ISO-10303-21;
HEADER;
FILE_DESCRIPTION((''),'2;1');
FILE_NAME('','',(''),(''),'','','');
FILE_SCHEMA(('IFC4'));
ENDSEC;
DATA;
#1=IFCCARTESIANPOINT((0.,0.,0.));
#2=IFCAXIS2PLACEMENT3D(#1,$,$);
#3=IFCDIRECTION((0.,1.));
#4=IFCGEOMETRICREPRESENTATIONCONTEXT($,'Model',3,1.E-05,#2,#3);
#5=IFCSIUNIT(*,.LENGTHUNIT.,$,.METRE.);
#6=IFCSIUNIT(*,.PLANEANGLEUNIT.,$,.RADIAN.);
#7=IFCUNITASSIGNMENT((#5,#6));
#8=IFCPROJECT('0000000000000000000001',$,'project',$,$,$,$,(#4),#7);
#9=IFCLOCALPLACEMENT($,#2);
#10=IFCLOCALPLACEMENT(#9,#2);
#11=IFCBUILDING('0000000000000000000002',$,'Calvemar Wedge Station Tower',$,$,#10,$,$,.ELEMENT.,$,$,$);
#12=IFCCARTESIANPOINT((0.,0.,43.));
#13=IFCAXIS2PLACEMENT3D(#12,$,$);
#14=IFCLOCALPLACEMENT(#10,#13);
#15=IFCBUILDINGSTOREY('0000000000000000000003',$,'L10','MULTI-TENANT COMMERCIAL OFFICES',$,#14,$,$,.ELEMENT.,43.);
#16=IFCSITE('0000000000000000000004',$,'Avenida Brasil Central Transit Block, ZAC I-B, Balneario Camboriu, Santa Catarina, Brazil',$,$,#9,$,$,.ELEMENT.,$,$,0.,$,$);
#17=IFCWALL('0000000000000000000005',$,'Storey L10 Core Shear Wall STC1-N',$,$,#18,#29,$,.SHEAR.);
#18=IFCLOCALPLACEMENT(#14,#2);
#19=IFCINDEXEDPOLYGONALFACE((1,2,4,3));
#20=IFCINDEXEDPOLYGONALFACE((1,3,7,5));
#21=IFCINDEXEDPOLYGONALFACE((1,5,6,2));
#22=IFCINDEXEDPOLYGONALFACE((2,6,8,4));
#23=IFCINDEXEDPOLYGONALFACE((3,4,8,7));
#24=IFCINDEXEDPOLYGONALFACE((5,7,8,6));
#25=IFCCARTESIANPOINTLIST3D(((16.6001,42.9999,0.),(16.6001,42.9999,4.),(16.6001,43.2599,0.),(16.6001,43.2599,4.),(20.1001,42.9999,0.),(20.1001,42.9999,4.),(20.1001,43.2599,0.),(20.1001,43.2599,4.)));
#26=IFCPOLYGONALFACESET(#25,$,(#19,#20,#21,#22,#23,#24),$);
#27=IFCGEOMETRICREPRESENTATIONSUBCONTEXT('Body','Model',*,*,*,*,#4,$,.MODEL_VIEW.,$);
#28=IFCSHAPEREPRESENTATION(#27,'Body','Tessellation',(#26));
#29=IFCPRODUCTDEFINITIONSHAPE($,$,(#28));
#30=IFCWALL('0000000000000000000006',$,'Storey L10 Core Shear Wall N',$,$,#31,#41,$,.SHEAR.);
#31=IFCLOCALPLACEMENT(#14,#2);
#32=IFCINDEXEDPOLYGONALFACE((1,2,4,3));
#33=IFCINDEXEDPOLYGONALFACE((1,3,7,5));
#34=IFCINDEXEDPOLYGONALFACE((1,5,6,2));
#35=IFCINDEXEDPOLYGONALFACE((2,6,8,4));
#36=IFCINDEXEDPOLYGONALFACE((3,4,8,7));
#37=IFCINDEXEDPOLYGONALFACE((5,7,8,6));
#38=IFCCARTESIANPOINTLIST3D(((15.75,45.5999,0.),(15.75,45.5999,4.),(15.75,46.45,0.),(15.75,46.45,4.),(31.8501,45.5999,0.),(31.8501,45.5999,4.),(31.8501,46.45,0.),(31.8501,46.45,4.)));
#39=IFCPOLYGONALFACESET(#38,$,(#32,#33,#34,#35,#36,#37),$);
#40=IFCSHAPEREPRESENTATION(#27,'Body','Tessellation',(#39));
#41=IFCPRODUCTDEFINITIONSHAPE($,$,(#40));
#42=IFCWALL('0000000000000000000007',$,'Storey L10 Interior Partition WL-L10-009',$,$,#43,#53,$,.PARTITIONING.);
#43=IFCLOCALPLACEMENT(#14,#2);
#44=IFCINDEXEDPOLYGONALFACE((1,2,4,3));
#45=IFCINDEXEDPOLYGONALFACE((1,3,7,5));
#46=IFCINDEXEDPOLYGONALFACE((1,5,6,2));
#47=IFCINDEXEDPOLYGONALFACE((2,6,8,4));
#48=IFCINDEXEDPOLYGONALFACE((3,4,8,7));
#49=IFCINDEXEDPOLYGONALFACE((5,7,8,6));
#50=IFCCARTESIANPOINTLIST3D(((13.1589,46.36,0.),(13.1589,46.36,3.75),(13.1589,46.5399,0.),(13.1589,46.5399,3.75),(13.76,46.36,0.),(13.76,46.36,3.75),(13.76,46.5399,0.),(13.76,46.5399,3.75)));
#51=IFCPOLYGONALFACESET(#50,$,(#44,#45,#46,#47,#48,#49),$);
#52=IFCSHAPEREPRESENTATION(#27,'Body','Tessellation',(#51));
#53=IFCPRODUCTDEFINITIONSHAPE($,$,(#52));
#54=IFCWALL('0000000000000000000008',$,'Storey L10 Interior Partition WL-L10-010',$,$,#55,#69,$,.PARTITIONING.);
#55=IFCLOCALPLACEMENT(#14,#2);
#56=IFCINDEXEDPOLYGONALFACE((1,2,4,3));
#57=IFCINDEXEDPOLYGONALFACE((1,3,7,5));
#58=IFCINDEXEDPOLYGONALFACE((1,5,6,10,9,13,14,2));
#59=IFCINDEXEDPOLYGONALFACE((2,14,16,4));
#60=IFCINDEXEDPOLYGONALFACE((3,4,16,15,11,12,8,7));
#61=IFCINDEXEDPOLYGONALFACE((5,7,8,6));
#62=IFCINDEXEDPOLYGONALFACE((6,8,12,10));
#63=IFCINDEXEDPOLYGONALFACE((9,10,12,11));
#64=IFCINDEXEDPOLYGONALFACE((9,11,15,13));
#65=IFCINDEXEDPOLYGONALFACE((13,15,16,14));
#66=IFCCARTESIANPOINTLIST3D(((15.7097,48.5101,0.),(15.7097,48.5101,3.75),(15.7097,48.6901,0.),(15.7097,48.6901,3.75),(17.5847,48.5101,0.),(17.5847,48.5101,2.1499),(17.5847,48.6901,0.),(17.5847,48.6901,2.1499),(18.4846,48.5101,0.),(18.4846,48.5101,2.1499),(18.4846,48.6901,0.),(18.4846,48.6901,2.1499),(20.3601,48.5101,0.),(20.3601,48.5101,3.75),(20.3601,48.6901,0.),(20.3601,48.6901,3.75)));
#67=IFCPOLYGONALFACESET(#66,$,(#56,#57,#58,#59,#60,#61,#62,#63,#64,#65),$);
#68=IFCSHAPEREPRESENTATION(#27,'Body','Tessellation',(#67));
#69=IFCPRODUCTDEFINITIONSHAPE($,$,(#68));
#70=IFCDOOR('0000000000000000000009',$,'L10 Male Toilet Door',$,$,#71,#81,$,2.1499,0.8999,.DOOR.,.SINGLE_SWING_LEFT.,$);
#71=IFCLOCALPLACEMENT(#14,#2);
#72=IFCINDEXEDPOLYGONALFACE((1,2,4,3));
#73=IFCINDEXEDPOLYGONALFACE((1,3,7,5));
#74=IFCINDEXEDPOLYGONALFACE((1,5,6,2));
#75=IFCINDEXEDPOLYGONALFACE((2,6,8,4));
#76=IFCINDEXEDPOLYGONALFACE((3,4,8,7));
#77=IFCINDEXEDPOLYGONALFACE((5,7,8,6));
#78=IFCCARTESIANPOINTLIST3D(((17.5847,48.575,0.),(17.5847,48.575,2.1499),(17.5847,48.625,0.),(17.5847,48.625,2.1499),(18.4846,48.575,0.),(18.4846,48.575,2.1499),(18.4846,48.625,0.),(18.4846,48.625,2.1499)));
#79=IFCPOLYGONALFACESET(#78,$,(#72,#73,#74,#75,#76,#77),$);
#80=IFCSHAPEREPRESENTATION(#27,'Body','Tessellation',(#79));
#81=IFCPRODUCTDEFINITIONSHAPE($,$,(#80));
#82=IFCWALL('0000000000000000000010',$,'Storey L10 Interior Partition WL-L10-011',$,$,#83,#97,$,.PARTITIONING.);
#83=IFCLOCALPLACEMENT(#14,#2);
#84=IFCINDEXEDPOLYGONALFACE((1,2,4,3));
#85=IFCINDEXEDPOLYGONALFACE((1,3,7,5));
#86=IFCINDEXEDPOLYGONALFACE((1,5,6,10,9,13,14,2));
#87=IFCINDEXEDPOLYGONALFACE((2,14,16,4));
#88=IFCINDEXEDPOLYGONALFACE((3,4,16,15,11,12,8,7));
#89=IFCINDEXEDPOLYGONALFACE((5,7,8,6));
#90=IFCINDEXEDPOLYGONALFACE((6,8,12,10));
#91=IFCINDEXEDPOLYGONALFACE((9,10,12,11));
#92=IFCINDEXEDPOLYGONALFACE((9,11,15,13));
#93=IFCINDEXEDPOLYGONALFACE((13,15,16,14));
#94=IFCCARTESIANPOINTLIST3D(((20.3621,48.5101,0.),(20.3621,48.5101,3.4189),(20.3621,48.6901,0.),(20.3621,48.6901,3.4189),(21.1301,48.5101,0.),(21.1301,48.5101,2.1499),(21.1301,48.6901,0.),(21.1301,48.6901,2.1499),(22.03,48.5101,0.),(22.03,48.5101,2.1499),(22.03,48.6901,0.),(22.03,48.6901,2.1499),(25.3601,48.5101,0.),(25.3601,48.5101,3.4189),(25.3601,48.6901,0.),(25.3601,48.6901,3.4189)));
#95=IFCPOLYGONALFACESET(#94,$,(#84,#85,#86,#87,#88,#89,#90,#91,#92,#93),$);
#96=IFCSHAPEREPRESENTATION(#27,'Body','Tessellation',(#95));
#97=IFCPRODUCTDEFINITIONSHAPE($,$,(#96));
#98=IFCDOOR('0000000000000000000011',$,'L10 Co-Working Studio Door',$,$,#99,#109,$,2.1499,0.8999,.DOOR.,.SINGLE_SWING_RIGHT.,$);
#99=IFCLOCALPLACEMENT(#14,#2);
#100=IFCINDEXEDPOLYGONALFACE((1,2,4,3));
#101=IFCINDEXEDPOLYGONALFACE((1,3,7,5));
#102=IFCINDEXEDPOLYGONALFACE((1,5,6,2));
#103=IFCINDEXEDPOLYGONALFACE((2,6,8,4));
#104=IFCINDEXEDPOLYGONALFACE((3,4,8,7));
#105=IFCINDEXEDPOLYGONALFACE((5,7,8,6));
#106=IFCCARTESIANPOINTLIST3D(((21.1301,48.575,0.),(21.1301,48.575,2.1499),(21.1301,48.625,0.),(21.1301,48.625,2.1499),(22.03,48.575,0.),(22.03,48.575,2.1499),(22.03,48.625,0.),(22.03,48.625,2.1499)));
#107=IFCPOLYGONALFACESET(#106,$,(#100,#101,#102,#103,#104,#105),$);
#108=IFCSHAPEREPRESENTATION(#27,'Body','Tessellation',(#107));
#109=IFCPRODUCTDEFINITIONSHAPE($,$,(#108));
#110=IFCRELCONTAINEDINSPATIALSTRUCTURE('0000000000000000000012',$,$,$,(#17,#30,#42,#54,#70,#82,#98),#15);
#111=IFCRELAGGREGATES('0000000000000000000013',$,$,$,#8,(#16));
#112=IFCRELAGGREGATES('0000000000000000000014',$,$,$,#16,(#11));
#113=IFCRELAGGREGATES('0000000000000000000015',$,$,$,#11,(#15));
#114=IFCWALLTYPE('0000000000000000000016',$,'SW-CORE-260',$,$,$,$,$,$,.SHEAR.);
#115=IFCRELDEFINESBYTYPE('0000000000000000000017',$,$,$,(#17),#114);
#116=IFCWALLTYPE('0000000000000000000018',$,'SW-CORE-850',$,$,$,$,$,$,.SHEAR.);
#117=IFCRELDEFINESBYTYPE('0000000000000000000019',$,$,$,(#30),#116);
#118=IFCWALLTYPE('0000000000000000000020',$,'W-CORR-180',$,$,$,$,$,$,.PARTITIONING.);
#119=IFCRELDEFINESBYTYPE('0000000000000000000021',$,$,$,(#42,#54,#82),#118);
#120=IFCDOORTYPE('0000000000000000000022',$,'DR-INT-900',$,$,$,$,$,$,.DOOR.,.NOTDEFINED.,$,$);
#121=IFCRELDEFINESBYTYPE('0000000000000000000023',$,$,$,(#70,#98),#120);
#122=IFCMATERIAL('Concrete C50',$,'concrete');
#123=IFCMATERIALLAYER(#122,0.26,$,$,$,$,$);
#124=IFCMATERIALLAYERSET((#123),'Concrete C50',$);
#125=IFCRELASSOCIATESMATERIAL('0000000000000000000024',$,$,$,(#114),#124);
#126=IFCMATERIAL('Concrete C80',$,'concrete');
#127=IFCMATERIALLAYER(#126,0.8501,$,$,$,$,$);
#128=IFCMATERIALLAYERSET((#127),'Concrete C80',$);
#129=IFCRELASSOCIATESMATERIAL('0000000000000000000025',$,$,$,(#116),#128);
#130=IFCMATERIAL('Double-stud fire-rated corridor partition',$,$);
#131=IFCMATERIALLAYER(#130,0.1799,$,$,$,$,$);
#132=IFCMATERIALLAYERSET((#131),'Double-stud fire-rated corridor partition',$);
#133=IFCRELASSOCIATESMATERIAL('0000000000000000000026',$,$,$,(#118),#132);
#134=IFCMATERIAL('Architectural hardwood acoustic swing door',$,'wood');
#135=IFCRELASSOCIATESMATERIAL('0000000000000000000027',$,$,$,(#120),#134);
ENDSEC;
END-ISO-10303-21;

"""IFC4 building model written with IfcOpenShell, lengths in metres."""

from ifc_helpers import new_model, si_unit, direction, frame, frame_2d, origin, place, context, subcontext, project, spatial, rectangle, extrude, source, transform, mapped, material, layer, layer_set, type_object, element, fill, save


model = new_model("IFC4")

# Units and contexts
model_context = context("Model", 3, precision=1e-05, world=origin(), true_north=direction((0.0, 1.0)))
body_context = subcontext(model_context, "Body", "Model", "MODEL_VIEW")
ifc_project = project(units=[si_unit("LENGTHUNIT", "METRE"), si_unit("PLANEANGLEUNIT", "RADIAN")], contexts=[model_context])

# Site, building, storey
site_placement = place(None, origin())
site = spatial("IfcSite", under=ifc_project, at=site_placement, Name="Avenida Brasil Central Transit Block, ZAC I-B, Balneario Camboriu, Santa Catarina, Brazil", CompositionType="ELEMENT", RefElevation=0.0)
building_placement = place(site_placement, origin())
building = spatial("IfcBuilding", under=site, at=building_placement, Name="Calvemar Wedge Station Tower", CompositionType="ELEMENT")
storey_placement = place(building_placement, frame((0.0, 0.0, 43.0)))
storey = spatial("IfcBuildingStorey", under=building, at=storey_placement, Name="L10", Description="MULTI-TENANT COMMERCIAL OFFICES", CompositionType="ELEMENT", Elevation=43.0)

# Walls
ifc_material_1 = material(Name="Concrete C50", Category="concrete")
ifc_layer_1 = layer(ifc_material_1, 0.26)
ifc_layer_set_1 = layer_set([ifc_layer_1], Name="Concrete C50")
wall_type_1 = type_object("IfcWallType", Name="SW-CORE-260", PredefinedType="SHEAR", material=ifc_layer_set_1)
wall_1_placement = place(storey_placement, frame((16.6001, 43.1299, 0.0), z_axis=(0.0, 0.0, 1.0), x_axis=(1.0, 0.0, 0.0)))
element("IfcWall", 1, at=wall_1_placement, inside=storey, type_object=wall_type_1, Name="Storey L10 Core Shear Wall STC1-N", PredefinedType="SHEAR", context=body_context, shape_type="SweptSolid", body=[
    extrude(rectangle(XDim=3.5, YDim=0.26, at=frame_2d((1.75, 0.0))), origin(), (0.0, 0.0, 1.0), 4.0),
])
ifc_material_2 = material(Name="Concrete C80", Category="concrete")
ifc_layer_2 = layer(ifc_material_2, 0.8501)
ifc_layer_set_2 = layer_set([ifc_layer_2], Name="Concrete C80")
wall_type_2 = type_object("IfcWallType", Name="SW-CORE-850", PredefinedType="SHEAR", material=ifc_layer_set_2)
wall_2_placement = place(storey_placement, frame((15.75, 46.0249, 0.0), z_axis=(0.0, 0.0, 1.0), x_axis=(1.0, 0.0, 0.0)))
element("IfcWall", 2, at=wall_2_placement, inside=storey, type_object=wall_type_2, Name="Storey L10 Core Shear Wall N", PredefinedType="SHEAR", context=body_context, shape_type="SweptSolid", body=[
    extrude(rectangle(XDim=16.1001, YDim=0.8501, at=frame_2d((8.05, 0.0))), origin(), (0.0, 0.0, 1.0), 4.0),
])
ifc_material_3 = material(Name="Double-stud fire-rated corridor partition")
ifc_layer_3 = layer(ifc_material_3, 0.1799)
ifc_layer_set_3 = layer_set([ifc_layer_3], Name="Double-stud fire-rated corridor partition")
wall_type_3 = type_object("IfcWallType", Name="W-CORR-180", PredefinedType="PARTITIONING", material=ifc_layer_set_3)
wall_3_placement = place(storey_placement, frame((13.76, 46.45, 0.0), z_axis=(0.0, 0.0, 1.0), x_axis=(-1.0, 0.0, 0.0)))
element("IfcWall", 3, at=wall_3_placement, inside=storey, type_object=wall_type_3, Name="Storey L10 Interior Partition WL-L10-009", PredefinedType="PARTITIONING", context=body_context, shape_type="SweptSolid", body=[
    extrude(rectangle(XDim=0.6011, YDim=0.1799, at=frame_2d((0.3005, 0.0))), origin(), (0.0, 0.0, 1.0), 3.75),
])

# Walls, openings, doors
wall_4_placement = place(storey_placement, frame((15.7097, 48.6001, 0.0), z_axis=(0.0, 0.0, 1.0), x_axis=(1.0, 0.0, 0.0)))
wall_4 = element("IfcWall", 4, at=wall_4_placement, inside=storey, type_object=wall_type_3, Name="Storey L10 Interior Partition WL-L10-010", PredefinedType="PARTITIONING", context=body_context, shape_type="SweptSolid", body=[
    extrude(rectangle(XDim=4.6504, YDim=0.1799, at=frame_2d((2.3252, 0.0))), origin(), (0.0, 0.0, 1.0), 3.75),
])
shared_shape_1 = source(origin(), body_context, "Body", "SweptSolid", [
    extrude(rectangle(XDim=0.8999, YDim=2.1499, at=frame_2d((0.45, 1.075))), frame((0.0, 0.1001, 0.0), z_axis=(0.0, -1.0, 0.0), x_axis=(1.0, 0.0, 0.0)), (0.0, 0.0, 1.0), 0.2),
])
opening_1_placement = place(wall_4_placement, frame((1.875, 0.0, 0.0)))
opening_1 = element("IfcOpeningElement", 5, at=opening_1_placement, cuts=wall_4, PredefinedType="OPENING", context=body_context, shape_type="MappedRepresentation", body=[
    mapped(shared_shape_1, transform((0.0, 0.0, 0.0), scale=1.0)),
])
ifc_material_4 = material(Name="Architectural hardwood acoustic swing door", Category="wood")
door_type_1 = type_object("IfcDoorType", Name="DR-INT-900", OperationType="NOTDEFINED", PredefinedType="DOOR", material=ifc_material_4)
shared_shape_2 = source(origin(), body_context, "Body", "SweptSolid", [
    extrude(rectangle(XDim=0.8999, YDim=2.1499, at=frame_2d((0.45, 1.075))), frame((0.0, 0.0249, 0.0), z_axis=(0.0, -1.0, 0.0), x_axis=(1.0, 0.0, 0.0)), (0.0, 0.0, 1.0), 0.05),
])
door_1_placement = place(opening_1_placement, origin())
door_1 = element("IfcDoor", 6, at=door_1_placement, inside=storey, type_object=door_type_1, Name="L10 Male Toilet Door", OperationType="SINGLE_SWING_LEFT", OverallHeight=2.1499, OverallWidth=0.8999, PredefinedType="DOOR", context=body_context, shape_type="MappedRepresentation", body=[
    mapped(shared_shape_2, transform((0.0, 0.0, 0.0), scale=1.0)),
])
fill(opening_1, door_1)
wall_5_placement = place(storey_placement, frame((20.3621, 48.6001, 0.0), z_axis=(0.0, 0.0, 1.0), x_axis=(1.0, 0.0, 0.0)))
wall_5 = element("IfcWall", 7, at=wall_5_placement, inside=storey, type_object=wall_type_3, Name="Storey L10 Interior Partition WL-L10-011", PredefinedType="PARTITIONING", context=body_context, shape_type="SweptSolid", body=[
    extrude(rectangle(XDim=4.998, YDim=0.1799, at=frame_2d((2.499, 0.0))), origin(), (0.0, 0.0, 1.0), 3.4189),
])
opening_2_placement = place(wall_5_placement, frame((0.7681, 0.0, 0.0)))
opening_2 = element("IfcOpeningElement", 8, at=opening_2_placement, cuts=wall_5, PredefinedType="OPENING", context=body_context, shape_type="MappedRepresentation", body=[
    mapped(shared_shape_1, transform((0.0, 0.0, 0.0), scale=1.0)),
])
door_2_placement = place(opening_2_placement, origin())
door_2 = element("IfcDoor", 9, at=door_2_placement, inside=storey, type_object=door_type_1, Name="L10 Co-Working Studio Door", OperationType="SINGLE_SWING_RIGHT", OverallHeight=2.1499, OverallWidth=0.8999, PredefinedType="DOOR", context=body_context, shape_type="MappedRepresentation", body=[
    mapped(shared_shape_2, transform((0.0, 0.0, 0.0), scale=1.0)),
])
fill(opening_2, door_2)

save(model, "model.ifc")
